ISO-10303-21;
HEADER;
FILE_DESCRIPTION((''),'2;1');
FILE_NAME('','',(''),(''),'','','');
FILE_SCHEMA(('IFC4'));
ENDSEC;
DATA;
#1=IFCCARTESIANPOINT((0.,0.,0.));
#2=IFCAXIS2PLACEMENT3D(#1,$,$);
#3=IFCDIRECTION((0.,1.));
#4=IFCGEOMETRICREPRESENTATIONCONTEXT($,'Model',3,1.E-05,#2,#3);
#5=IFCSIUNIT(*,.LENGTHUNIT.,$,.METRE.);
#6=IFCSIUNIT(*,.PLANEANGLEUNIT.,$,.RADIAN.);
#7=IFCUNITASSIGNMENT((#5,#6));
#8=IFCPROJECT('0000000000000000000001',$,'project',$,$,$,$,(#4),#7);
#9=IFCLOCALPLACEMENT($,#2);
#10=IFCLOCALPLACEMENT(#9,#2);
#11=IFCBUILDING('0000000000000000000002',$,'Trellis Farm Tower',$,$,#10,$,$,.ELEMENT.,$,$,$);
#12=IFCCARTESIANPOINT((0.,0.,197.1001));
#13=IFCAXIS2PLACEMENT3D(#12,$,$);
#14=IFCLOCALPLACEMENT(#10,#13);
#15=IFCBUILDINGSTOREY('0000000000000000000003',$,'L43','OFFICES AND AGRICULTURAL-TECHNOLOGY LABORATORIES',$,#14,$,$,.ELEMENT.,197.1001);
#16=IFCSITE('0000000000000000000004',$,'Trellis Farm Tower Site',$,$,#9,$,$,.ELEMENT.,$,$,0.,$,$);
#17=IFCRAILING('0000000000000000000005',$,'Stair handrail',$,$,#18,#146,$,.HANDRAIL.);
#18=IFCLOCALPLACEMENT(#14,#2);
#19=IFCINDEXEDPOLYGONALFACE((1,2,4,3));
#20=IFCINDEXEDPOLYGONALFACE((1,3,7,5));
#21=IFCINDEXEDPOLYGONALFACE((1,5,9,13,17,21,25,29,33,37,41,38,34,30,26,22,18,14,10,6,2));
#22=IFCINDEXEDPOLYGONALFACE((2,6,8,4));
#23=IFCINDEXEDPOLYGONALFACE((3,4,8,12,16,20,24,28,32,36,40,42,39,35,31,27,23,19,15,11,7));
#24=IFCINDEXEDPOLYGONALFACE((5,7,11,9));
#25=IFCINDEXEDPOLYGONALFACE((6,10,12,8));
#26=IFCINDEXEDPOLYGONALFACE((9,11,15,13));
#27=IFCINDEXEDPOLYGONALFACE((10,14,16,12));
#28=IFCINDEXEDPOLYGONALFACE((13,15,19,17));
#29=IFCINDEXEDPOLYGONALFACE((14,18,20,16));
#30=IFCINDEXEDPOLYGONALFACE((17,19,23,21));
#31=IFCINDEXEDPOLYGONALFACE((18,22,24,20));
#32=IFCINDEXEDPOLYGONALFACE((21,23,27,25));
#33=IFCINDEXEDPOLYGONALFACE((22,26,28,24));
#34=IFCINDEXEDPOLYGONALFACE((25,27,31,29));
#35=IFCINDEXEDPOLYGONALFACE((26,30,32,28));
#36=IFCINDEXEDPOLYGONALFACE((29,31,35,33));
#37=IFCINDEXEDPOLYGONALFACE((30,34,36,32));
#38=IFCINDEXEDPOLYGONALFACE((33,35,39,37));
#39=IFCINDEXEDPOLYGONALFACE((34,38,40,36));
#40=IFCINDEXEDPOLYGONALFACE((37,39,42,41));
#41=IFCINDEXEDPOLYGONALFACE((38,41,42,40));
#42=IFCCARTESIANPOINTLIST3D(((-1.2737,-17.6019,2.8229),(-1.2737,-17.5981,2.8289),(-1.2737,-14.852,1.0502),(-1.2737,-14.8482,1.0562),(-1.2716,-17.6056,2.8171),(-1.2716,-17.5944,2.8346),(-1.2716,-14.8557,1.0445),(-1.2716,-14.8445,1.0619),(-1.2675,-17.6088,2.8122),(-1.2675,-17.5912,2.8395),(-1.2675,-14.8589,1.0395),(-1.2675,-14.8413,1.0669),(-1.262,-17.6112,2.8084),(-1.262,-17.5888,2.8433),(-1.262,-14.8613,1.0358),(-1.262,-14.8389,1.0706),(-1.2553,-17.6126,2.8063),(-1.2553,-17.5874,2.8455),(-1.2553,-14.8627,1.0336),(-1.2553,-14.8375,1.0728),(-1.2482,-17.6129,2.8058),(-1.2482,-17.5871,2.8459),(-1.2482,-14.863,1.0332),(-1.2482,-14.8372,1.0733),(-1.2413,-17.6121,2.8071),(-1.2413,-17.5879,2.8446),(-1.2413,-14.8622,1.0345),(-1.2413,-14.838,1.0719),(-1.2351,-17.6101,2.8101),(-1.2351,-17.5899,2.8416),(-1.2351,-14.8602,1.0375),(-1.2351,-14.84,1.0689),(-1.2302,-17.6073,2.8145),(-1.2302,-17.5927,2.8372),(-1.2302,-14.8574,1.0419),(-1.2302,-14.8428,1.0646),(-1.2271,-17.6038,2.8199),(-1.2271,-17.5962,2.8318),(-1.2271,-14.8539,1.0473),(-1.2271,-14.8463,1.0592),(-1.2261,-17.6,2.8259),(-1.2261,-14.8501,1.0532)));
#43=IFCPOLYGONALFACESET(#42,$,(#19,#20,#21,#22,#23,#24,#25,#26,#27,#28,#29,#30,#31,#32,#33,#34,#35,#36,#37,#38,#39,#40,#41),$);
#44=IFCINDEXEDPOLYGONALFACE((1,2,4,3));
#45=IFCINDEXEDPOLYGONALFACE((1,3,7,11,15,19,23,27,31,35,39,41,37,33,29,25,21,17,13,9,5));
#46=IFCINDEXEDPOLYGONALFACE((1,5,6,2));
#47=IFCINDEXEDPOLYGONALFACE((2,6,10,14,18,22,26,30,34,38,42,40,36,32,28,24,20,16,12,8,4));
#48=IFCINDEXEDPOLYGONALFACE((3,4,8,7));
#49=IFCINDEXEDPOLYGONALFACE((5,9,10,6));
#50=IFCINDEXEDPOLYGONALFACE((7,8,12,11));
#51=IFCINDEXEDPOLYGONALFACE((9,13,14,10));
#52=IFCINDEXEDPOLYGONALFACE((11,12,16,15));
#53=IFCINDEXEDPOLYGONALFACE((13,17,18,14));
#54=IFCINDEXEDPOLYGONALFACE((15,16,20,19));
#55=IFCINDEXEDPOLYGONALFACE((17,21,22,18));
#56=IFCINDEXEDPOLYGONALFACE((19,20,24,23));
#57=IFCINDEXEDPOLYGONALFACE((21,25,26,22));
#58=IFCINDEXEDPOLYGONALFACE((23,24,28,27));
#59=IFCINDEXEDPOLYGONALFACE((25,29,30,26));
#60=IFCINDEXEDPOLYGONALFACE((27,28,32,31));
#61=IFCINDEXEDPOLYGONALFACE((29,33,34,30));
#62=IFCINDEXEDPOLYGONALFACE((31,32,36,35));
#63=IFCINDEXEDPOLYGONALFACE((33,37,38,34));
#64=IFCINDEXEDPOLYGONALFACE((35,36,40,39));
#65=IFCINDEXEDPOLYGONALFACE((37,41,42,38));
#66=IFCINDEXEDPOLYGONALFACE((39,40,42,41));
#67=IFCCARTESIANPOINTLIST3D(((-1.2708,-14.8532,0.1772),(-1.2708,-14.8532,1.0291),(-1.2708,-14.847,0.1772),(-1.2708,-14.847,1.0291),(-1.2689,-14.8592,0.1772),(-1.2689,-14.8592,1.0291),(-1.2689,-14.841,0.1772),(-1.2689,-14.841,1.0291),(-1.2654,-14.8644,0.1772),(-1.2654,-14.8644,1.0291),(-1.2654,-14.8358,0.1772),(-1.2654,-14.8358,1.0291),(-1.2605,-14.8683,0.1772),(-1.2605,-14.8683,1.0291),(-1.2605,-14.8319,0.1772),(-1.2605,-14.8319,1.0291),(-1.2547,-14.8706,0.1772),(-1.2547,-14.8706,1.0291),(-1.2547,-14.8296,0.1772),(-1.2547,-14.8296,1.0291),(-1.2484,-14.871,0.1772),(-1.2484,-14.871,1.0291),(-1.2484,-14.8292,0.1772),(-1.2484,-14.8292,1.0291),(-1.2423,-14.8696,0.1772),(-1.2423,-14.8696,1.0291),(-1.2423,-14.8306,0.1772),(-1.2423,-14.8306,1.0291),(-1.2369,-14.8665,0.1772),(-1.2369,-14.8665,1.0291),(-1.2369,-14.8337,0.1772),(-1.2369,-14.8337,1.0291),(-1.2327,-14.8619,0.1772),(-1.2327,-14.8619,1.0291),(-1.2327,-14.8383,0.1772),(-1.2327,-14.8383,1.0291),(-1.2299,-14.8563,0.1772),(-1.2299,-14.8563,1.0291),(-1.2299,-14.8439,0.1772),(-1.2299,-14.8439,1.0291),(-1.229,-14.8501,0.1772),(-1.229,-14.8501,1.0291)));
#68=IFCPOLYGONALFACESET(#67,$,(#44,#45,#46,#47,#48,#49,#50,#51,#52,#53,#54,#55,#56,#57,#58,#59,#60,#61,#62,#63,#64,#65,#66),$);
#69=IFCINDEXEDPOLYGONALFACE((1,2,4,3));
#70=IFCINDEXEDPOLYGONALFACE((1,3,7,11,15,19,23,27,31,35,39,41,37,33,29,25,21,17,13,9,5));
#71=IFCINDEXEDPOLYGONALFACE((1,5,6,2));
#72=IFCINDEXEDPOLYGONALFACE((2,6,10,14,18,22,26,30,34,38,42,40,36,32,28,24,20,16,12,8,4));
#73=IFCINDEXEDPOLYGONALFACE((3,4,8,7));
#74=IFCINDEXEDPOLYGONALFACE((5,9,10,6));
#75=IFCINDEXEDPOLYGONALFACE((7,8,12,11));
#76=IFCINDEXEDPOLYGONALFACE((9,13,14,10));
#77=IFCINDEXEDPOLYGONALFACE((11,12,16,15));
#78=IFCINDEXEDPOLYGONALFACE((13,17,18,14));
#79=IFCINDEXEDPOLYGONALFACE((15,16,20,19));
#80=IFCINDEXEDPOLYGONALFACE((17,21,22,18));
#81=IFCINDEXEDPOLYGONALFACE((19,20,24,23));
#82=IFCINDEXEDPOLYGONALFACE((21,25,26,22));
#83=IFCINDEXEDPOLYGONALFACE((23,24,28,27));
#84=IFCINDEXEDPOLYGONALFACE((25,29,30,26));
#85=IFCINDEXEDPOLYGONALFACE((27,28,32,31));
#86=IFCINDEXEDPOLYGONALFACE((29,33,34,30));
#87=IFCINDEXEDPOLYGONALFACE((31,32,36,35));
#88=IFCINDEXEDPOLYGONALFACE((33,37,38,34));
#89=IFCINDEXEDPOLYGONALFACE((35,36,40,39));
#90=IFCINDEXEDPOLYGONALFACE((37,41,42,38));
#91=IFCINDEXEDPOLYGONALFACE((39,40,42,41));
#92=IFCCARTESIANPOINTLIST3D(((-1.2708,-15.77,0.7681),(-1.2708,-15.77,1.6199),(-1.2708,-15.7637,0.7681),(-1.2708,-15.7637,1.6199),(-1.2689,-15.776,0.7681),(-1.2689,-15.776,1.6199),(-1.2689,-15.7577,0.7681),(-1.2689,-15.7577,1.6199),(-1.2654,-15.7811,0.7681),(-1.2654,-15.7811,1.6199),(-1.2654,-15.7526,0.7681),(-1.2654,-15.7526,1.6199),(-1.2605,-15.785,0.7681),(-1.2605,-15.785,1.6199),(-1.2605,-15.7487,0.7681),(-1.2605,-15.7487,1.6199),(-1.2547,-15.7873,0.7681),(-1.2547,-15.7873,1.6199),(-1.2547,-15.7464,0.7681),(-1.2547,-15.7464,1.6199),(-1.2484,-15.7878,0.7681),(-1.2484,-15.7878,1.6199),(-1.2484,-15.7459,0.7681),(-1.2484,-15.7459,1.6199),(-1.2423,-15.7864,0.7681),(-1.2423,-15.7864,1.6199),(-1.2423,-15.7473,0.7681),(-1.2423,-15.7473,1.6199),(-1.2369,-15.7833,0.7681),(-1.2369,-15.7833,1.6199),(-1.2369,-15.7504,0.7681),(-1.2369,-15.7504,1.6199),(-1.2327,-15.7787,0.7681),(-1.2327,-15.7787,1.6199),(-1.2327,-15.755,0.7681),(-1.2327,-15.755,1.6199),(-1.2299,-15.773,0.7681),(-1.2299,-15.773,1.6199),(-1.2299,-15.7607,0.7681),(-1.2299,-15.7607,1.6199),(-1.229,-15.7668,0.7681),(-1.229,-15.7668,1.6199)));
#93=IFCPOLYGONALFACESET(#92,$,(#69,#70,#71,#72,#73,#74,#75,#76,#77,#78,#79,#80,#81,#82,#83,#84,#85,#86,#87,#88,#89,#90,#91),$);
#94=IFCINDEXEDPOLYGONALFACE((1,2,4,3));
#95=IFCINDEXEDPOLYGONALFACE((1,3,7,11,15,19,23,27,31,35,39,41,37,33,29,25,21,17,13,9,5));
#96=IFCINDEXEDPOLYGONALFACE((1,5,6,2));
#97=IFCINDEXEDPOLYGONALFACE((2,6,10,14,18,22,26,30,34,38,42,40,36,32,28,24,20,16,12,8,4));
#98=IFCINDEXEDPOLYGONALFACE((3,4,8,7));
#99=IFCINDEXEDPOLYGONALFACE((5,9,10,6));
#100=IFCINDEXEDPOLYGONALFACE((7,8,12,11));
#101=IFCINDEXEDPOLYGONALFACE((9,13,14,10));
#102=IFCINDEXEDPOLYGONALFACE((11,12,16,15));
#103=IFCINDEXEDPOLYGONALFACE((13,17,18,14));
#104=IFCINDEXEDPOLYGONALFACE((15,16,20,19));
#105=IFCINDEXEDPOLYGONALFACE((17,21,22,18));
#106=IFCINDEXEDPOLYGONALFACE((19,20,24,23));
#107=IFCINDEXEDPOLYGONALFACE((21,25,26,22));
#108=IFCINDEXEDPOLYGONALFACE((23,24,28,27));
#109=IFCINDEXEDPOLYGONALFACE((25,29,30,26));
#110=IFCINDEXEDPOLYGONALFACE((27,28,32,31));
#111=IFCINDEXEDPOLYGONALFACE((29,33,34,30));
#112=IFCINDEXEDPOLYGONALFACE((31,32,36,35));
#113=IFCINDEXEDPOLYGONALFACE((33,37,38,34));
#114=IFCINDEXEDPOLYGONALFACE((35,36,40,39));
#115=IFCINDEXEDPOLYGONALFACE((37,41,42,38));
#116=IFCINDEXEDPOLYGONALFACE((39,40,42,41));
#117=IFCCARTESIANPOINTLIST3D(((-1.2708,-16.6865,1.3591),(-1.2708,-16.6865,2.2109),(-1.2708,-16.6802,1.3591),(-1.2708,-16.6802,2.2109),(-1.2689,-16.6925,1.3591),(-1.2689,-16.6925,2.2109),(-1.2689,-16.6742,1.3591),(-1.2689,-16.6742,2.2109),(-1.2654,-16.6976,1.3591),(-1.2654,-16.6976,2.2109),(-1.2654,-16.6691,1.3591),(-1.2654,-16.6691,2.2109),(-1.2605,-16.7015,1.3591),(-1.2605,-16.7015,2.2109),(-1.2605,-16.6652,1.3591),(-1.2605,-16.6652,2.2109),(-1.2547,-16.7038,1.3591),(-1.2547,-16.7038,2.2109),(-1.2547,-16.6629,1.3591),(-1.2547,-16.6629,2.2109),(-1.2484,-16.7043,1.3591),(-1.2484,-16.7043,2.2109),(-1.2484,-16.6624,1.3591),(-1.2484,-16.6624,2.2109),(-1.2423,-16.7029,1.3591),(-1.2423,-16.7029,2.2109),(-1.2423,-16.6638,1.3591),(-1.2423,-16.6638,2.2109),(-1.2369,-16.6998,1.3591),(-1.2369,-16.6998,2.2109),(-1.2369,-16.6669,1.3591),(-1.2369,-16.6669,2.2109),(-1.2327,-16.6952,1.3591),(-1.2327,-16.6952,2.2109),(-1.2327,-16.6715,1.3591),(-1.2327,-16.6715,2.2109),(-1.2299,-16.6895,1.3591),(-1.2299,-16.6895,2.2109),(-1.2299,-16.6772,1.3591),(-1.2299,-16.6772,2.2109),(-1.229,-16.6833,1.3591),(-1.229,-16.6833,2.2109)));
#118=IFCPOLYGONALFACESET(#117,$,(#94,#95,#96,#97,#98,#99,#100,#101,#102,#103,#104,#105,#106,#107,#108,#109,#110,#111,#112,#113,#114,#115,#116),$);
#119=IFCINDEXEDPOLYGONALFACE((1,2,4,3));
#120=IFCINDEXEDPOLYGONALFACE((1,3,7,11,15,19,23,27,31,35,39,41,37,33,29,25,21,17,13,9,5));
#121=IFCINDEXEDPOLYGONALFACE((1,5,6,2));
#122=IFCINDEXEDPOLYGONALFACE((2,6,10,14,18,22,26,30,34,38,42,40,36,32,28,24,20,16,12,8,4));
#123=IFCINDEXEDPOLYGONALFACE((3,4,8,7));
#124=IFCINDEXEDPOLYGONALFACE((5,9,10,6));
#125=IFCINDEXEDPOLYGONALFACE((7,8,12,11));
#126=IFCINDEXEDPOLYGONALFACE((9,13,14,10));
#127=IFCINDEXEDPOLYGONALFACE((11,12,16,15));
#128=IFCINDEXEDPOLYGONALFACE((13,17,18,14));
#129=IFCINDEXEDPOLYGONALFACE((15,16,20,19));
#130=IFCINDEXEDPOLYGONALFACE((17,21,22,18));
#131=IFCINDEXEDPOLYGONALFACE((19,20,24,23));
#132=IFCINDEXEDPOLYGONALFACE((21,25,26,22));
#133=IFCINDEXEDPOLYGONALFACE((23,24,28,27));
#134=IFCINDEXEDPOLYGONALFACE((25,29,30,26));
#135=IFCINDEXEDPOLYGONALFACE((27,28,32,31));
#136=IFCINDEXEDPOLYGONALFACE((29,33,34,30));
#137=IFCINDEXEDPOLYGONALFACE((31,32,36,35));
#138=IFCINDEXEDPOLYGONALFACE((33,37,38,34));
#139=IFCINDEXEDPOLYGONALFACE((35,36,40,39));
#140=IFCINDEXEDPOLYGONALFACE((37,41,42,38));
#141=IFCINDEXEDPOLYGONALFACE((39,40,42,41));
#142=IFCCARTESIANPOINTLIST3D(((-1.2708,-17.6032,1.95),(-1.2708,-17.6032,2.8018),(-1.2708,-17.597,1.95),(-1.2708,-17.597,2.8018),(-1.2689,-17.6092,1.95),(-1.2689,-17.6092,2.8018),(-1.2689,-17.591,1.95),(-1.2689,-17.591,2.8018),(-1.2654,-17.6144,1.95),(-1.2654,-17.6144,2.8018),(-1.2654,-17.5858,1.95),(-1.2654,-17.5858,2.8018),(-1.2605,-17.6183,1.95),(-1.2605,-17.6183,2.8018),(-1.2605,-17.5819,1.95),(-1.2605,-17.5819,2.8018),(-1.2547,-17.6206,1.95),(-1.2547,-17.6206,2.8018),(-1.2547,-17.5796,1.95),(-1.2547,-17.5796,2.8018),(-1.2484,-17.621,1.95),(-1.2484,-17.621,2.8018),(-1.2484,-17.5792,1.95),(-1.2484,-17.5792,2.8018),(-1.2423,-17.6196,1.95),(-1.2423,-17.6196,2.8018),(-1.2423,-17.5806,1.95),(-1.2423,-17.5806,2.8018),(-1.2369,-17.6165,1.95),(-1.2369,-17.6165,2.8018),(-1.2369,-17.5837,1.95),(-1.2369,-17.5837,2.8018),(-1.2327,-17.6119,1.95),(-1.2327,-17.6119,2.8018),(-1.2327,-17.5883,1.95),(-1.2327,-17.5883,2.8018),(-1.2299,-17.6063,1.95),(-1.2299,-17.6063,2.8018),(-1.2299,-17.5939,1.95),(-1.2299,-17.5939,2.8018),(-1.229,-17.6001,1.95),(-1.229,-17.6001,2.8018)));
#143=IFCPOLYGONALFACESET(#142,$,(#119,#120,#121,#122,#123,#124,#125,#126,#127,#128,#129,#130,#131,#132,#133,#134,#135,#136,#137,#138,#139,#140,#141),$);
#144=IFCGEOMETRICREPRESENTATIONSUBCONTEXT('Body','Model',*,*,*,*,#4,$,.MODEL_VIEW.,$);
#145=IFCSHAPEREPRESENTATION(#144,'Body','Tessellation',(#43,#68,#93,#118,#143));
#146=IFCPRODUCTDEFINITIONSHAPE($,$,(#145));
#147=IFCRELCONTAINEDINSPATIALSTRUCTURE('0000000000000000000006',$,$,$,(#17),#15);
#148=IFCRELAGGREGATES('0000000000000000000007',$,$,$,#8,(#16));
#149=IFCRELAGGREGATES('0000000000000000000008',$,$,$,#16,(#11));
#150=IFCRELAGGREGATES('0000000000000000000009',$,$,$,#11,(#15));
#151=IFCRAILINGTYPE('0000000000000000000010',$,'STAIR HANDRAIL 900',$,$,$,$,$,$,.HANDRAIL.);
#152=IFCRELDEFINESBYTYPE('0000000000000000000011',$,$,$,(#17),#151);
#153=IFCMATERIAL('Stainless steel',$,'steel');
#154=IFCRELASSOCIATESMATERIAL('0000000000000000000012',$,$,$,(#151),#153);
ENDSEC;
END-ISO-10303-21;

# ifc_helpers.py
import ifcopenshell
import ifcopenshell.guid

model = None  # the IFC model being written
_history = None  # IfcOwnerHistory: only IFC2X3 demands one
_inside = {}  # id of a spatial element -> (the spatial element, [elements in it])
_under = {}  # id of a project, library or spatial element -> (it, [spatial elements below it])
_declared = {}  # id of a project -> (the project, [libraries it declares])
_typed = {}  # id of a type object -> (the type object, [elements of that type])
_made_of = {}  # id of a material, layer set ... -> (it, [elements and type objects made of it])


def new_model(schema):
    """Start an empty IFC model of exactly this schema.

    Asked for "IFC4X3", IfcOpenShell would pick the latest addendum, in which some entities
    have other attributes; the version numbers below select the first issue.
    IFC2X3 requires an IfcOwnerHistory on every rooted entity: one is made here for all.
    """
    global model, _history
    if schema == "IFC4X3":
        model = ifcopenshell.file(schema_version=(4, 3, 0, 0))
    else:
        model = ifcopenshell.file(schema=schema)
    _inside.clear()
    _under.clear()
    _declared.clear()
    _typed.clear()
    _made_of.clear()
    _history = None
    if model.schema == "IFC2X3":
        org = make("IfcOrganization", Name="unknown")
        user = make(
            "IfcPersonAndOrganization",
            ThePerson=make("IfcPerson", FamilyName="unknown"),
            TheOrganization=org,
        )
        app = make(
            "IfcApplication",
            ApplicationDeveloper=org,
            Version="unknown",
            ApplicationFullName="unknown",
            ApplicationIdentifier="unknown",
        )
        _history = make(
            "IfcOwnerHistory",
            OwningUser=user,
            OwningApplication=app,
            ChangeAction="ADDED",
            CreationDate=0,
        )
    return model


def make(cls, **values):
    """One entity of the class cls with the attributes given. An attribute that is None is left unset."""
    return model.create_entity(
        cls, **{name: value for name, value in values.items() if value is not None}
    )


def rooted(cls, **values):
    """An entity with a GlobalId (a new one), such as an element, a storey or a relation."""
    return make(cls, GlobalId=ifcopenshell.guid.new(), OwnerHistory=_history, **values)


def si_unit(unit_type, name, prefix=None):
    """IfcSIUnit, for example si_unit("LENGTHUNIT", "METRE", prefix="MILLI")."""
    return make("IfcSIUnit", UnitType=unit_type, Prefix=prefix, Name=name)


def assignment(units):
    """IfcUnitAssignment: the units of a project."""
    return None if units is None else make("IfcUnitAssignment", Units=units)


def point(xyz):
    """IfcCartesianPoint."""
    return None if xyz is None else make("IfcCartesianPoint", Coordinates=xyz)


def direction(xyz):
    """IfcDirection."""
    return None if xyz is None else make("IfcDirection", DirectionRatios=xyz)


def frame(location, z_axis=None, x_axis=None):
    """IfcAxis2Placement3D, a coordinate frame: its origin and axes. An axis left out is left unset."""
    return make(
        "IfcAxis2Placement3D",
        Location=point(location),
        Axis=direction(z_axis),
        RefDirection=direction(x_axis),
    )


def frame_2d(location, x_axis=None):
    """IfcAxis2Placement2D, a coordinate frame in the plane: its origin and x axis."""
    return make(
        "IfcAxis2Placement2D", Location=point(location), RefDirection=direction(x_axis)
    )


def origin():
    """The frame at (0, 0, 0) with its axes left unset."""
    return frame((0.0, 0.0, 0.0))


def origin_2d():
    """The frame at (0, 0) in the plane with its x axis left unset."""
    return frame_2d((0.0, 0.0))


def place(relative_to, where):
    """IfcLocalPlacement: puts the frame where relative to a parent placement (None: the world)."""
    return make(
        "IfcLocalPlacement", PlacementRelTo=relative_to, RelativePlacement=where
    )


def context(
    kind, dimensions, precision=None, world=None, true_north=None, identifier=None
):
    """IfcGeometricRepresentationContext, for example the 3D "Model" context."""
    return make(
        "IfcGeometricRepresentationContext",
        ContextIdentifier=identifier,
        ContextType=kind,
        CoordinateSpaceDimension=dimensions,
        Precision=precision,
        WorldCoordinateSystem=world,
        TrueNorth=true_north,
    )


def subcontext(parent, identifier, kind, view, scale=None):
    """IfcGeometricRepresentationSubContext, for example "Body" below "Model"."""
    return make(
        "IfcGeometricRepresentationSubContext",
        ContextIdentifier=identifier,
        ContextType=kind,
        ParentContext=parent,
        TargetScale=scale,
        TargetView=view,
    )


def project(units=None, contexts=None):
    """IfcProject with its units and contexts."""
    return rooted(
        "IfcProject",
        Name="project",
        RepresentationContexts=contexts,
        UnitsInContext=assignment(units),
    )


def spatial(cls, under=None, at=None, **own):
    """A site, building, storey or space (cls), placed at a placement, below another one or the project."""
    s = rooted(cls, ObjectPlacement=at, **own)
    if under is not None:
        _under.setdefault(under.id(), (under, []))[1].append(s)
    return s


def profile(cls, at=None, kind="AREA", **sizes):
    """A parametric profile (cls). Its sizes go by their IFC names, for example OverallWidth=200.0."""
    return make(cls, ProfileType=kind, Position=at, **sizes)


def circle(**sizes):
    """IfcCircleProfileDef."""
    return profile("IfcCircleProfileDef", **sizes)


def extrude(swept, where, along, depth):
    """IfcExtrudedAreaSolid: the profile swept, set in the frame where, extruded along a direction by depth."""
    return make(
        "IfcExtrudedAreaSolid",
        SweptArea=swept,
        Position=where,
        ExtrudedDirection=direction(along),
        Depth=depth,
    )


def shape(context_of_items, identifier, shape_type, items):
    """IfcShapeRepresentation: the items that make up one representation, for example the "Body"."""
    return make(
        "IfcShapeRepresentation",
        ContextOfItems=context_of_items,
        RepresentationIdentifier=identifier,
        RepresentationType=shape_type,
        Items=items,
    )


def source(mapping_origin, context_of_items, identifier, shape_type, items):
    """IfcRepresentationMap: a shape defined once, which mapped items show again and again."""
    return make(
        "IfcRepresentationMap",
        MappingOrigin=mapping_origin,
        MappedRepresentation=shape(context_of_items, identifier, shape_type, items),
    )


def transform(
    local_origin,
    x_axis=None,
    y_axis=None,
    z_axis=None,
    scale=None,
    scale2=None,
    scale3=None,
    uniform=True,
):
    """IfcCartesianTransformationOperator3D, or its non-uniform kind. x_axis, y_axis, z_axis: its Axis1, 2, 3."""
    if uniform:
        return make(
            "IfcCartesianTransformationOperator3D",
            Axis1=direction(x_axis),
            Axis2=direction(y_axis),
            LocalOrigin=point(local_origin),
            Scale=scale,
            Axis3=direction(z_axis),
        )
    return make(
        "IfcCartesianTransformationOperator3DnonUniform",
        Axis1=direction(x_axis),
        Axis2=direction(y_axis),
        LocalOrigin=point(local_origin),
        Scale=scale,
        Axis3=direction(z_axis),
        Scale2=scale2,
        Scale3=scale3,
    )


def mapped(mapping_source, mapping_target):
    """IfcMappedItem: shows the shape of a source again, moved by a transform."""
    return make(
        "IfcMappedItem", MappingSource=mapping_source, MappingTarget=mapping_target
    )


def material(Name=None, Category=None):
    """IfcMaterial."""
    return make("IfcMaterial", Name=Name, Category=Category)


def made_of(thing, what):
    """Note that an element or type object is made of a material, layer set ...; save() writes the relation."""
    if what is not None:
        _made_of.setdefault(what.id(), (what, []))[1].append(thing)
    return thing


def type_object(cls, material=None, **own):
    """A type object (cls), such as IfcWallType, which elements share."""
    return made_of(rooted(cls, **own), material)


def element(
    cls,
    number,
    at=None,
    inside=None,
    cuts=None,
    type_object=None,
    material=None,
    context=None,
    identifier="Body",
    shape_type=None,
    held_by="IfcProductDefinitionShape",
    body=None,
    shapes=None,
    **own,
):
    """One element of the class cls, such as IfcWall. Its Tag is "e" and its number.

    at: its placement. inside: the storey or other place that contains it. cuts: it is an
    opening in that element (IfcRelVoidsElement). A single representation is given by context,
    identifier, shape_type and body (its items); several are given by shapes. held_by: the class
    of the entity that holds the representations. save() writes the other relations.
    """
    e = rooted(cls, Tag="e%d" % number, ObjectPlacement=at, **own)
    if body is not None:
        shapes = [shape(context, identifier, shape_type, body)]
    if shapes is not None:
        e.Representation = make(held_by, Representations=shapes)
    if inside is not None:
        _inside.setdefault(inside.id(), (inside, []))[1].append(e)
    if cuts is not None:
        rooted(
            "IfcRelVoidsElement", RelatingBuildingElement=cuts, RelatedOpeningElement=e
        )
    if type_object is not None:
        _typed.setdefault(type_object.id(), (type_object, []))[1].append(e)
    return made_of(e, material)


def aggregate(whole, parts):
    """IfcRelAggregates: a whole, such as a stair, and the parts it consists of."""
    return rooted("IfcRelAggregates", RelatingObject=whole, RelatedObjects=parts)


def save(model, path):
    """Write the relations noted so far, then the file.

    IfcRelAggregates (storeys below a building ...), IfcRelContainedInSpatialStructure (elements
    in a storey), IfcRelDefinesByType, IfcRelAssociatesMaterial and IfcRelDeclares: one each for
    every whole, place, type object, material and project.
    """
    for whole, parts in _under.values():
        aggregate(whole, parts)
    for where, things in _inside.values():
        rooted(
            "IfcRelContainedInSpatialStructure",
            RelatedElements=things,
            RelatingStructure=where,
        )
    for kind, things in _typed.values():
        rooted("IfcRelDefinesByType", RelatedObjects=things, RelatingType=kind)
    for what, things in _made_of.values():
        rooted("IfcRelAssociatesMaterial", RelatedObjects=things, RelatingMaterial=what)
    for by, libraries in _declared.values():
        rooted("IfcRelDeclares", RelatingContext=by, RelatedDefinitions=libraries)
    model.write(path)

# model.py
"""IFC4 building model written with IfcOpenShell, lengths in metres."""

from ifc_helpers import new_model, si_unit, direction, frame, origin, origin_2d, place, context, subcontext, project, spatial, circle, extrude, source, transform, mapped, material, type_object, element, save


model = new_model("IFC4")

# Units and contexts
model_context = context("Model", 3, precision=1e-05, world=origin(), true_north=direction((0.0, 1.0)))
body_context = subcontext(model_context, "Body", "Model", "MODEL_VIEW")
ifc_project = project(units=[si_unit("LENGTHUNIT", "METRE"), si_unit("PLANEANGLEUNIT", "RADIAN")], contexts=[model_context])

# Site, building, storey
site_placement = place(None, origin())
site = spatial("IfcSite", under=ifc_project, at=site_placement, Name="Trellis Farm Tower Site", CompositionType="ELEMENT", RefElevation=0.0)
building_placement = place(site_placement, origin())
building = spatial("IfcBuilding", under=site, at=building_placement, Name="Trellis Farm Tower", CompositionType="ELEMENT")
storey_placement = place(building_placement, frame((0.0, 0.0, 197.1001)))
storey = spatial("IfcBuildingStorey", under=building, at=storey_placement, Name="L43", Description="OFFICES AND AGRICULTURAL-TECHNOLOGY LABORATORIES", CompositionType="ELEMENT", Elevation=197.1001)

# Railing
ifc_material_1 = material(Name="Stainless steel", Category="steel")
railing_type = type_object("IfcRailingType", Name="STAIR HANDRAIL 900", PredefinedType="HANDRAIL", material=ifc_material_1)
shared_shape_1 = source(origin(), body_context, "Body", "SweptSolid", [
    extrude(circle(Radius=0.0239, at=origin_2d()), frame((0.0, 0.0, 0.876), z_axis=(0.0, -0.840504, 0.541806), x_axis=(1.0, 0.0, 0.0)), (0.0, 0.0, 1.0), 3.2717),
    extrude(circle(Radius=0.021, at=origin_2d()), origin(), (0.0, 0.0, 1.0), 0.8518),
    extrude(circle(Radius=0.021, at=origin_2d()), frame((0.0, -0.9167, 0.5908)), (0.0, 0.0, 1.0), 0.8518),
    extrude(circle(Radius=0.021, at=origin_2d()), frame((0.0, -1.8333, 1.1819)), (0.0, 0.0, 1.0), 0.8518),
    extrude(circle(Radius=0.021, at=origin_2d()), frame((0.0, -2.75, 1.7727)), (0.0, 0.0, 1.0), 0.8518),
])
railing_placement = place(storey_placement, frame((-1.25, -14.8501, 0.1772)))
element("IfcRailing", 1, at=railing_placement, inside=storey, type_object=railing_type, Name="Stair handrail", PredefinedType="HANDRAIL", context=body_context, shape_type="MappedRepresentation", body=[
    mapped(shared_shape_1, transform((0.0, 0.0, 0.0))),
])

save(model, "model.ifc")
